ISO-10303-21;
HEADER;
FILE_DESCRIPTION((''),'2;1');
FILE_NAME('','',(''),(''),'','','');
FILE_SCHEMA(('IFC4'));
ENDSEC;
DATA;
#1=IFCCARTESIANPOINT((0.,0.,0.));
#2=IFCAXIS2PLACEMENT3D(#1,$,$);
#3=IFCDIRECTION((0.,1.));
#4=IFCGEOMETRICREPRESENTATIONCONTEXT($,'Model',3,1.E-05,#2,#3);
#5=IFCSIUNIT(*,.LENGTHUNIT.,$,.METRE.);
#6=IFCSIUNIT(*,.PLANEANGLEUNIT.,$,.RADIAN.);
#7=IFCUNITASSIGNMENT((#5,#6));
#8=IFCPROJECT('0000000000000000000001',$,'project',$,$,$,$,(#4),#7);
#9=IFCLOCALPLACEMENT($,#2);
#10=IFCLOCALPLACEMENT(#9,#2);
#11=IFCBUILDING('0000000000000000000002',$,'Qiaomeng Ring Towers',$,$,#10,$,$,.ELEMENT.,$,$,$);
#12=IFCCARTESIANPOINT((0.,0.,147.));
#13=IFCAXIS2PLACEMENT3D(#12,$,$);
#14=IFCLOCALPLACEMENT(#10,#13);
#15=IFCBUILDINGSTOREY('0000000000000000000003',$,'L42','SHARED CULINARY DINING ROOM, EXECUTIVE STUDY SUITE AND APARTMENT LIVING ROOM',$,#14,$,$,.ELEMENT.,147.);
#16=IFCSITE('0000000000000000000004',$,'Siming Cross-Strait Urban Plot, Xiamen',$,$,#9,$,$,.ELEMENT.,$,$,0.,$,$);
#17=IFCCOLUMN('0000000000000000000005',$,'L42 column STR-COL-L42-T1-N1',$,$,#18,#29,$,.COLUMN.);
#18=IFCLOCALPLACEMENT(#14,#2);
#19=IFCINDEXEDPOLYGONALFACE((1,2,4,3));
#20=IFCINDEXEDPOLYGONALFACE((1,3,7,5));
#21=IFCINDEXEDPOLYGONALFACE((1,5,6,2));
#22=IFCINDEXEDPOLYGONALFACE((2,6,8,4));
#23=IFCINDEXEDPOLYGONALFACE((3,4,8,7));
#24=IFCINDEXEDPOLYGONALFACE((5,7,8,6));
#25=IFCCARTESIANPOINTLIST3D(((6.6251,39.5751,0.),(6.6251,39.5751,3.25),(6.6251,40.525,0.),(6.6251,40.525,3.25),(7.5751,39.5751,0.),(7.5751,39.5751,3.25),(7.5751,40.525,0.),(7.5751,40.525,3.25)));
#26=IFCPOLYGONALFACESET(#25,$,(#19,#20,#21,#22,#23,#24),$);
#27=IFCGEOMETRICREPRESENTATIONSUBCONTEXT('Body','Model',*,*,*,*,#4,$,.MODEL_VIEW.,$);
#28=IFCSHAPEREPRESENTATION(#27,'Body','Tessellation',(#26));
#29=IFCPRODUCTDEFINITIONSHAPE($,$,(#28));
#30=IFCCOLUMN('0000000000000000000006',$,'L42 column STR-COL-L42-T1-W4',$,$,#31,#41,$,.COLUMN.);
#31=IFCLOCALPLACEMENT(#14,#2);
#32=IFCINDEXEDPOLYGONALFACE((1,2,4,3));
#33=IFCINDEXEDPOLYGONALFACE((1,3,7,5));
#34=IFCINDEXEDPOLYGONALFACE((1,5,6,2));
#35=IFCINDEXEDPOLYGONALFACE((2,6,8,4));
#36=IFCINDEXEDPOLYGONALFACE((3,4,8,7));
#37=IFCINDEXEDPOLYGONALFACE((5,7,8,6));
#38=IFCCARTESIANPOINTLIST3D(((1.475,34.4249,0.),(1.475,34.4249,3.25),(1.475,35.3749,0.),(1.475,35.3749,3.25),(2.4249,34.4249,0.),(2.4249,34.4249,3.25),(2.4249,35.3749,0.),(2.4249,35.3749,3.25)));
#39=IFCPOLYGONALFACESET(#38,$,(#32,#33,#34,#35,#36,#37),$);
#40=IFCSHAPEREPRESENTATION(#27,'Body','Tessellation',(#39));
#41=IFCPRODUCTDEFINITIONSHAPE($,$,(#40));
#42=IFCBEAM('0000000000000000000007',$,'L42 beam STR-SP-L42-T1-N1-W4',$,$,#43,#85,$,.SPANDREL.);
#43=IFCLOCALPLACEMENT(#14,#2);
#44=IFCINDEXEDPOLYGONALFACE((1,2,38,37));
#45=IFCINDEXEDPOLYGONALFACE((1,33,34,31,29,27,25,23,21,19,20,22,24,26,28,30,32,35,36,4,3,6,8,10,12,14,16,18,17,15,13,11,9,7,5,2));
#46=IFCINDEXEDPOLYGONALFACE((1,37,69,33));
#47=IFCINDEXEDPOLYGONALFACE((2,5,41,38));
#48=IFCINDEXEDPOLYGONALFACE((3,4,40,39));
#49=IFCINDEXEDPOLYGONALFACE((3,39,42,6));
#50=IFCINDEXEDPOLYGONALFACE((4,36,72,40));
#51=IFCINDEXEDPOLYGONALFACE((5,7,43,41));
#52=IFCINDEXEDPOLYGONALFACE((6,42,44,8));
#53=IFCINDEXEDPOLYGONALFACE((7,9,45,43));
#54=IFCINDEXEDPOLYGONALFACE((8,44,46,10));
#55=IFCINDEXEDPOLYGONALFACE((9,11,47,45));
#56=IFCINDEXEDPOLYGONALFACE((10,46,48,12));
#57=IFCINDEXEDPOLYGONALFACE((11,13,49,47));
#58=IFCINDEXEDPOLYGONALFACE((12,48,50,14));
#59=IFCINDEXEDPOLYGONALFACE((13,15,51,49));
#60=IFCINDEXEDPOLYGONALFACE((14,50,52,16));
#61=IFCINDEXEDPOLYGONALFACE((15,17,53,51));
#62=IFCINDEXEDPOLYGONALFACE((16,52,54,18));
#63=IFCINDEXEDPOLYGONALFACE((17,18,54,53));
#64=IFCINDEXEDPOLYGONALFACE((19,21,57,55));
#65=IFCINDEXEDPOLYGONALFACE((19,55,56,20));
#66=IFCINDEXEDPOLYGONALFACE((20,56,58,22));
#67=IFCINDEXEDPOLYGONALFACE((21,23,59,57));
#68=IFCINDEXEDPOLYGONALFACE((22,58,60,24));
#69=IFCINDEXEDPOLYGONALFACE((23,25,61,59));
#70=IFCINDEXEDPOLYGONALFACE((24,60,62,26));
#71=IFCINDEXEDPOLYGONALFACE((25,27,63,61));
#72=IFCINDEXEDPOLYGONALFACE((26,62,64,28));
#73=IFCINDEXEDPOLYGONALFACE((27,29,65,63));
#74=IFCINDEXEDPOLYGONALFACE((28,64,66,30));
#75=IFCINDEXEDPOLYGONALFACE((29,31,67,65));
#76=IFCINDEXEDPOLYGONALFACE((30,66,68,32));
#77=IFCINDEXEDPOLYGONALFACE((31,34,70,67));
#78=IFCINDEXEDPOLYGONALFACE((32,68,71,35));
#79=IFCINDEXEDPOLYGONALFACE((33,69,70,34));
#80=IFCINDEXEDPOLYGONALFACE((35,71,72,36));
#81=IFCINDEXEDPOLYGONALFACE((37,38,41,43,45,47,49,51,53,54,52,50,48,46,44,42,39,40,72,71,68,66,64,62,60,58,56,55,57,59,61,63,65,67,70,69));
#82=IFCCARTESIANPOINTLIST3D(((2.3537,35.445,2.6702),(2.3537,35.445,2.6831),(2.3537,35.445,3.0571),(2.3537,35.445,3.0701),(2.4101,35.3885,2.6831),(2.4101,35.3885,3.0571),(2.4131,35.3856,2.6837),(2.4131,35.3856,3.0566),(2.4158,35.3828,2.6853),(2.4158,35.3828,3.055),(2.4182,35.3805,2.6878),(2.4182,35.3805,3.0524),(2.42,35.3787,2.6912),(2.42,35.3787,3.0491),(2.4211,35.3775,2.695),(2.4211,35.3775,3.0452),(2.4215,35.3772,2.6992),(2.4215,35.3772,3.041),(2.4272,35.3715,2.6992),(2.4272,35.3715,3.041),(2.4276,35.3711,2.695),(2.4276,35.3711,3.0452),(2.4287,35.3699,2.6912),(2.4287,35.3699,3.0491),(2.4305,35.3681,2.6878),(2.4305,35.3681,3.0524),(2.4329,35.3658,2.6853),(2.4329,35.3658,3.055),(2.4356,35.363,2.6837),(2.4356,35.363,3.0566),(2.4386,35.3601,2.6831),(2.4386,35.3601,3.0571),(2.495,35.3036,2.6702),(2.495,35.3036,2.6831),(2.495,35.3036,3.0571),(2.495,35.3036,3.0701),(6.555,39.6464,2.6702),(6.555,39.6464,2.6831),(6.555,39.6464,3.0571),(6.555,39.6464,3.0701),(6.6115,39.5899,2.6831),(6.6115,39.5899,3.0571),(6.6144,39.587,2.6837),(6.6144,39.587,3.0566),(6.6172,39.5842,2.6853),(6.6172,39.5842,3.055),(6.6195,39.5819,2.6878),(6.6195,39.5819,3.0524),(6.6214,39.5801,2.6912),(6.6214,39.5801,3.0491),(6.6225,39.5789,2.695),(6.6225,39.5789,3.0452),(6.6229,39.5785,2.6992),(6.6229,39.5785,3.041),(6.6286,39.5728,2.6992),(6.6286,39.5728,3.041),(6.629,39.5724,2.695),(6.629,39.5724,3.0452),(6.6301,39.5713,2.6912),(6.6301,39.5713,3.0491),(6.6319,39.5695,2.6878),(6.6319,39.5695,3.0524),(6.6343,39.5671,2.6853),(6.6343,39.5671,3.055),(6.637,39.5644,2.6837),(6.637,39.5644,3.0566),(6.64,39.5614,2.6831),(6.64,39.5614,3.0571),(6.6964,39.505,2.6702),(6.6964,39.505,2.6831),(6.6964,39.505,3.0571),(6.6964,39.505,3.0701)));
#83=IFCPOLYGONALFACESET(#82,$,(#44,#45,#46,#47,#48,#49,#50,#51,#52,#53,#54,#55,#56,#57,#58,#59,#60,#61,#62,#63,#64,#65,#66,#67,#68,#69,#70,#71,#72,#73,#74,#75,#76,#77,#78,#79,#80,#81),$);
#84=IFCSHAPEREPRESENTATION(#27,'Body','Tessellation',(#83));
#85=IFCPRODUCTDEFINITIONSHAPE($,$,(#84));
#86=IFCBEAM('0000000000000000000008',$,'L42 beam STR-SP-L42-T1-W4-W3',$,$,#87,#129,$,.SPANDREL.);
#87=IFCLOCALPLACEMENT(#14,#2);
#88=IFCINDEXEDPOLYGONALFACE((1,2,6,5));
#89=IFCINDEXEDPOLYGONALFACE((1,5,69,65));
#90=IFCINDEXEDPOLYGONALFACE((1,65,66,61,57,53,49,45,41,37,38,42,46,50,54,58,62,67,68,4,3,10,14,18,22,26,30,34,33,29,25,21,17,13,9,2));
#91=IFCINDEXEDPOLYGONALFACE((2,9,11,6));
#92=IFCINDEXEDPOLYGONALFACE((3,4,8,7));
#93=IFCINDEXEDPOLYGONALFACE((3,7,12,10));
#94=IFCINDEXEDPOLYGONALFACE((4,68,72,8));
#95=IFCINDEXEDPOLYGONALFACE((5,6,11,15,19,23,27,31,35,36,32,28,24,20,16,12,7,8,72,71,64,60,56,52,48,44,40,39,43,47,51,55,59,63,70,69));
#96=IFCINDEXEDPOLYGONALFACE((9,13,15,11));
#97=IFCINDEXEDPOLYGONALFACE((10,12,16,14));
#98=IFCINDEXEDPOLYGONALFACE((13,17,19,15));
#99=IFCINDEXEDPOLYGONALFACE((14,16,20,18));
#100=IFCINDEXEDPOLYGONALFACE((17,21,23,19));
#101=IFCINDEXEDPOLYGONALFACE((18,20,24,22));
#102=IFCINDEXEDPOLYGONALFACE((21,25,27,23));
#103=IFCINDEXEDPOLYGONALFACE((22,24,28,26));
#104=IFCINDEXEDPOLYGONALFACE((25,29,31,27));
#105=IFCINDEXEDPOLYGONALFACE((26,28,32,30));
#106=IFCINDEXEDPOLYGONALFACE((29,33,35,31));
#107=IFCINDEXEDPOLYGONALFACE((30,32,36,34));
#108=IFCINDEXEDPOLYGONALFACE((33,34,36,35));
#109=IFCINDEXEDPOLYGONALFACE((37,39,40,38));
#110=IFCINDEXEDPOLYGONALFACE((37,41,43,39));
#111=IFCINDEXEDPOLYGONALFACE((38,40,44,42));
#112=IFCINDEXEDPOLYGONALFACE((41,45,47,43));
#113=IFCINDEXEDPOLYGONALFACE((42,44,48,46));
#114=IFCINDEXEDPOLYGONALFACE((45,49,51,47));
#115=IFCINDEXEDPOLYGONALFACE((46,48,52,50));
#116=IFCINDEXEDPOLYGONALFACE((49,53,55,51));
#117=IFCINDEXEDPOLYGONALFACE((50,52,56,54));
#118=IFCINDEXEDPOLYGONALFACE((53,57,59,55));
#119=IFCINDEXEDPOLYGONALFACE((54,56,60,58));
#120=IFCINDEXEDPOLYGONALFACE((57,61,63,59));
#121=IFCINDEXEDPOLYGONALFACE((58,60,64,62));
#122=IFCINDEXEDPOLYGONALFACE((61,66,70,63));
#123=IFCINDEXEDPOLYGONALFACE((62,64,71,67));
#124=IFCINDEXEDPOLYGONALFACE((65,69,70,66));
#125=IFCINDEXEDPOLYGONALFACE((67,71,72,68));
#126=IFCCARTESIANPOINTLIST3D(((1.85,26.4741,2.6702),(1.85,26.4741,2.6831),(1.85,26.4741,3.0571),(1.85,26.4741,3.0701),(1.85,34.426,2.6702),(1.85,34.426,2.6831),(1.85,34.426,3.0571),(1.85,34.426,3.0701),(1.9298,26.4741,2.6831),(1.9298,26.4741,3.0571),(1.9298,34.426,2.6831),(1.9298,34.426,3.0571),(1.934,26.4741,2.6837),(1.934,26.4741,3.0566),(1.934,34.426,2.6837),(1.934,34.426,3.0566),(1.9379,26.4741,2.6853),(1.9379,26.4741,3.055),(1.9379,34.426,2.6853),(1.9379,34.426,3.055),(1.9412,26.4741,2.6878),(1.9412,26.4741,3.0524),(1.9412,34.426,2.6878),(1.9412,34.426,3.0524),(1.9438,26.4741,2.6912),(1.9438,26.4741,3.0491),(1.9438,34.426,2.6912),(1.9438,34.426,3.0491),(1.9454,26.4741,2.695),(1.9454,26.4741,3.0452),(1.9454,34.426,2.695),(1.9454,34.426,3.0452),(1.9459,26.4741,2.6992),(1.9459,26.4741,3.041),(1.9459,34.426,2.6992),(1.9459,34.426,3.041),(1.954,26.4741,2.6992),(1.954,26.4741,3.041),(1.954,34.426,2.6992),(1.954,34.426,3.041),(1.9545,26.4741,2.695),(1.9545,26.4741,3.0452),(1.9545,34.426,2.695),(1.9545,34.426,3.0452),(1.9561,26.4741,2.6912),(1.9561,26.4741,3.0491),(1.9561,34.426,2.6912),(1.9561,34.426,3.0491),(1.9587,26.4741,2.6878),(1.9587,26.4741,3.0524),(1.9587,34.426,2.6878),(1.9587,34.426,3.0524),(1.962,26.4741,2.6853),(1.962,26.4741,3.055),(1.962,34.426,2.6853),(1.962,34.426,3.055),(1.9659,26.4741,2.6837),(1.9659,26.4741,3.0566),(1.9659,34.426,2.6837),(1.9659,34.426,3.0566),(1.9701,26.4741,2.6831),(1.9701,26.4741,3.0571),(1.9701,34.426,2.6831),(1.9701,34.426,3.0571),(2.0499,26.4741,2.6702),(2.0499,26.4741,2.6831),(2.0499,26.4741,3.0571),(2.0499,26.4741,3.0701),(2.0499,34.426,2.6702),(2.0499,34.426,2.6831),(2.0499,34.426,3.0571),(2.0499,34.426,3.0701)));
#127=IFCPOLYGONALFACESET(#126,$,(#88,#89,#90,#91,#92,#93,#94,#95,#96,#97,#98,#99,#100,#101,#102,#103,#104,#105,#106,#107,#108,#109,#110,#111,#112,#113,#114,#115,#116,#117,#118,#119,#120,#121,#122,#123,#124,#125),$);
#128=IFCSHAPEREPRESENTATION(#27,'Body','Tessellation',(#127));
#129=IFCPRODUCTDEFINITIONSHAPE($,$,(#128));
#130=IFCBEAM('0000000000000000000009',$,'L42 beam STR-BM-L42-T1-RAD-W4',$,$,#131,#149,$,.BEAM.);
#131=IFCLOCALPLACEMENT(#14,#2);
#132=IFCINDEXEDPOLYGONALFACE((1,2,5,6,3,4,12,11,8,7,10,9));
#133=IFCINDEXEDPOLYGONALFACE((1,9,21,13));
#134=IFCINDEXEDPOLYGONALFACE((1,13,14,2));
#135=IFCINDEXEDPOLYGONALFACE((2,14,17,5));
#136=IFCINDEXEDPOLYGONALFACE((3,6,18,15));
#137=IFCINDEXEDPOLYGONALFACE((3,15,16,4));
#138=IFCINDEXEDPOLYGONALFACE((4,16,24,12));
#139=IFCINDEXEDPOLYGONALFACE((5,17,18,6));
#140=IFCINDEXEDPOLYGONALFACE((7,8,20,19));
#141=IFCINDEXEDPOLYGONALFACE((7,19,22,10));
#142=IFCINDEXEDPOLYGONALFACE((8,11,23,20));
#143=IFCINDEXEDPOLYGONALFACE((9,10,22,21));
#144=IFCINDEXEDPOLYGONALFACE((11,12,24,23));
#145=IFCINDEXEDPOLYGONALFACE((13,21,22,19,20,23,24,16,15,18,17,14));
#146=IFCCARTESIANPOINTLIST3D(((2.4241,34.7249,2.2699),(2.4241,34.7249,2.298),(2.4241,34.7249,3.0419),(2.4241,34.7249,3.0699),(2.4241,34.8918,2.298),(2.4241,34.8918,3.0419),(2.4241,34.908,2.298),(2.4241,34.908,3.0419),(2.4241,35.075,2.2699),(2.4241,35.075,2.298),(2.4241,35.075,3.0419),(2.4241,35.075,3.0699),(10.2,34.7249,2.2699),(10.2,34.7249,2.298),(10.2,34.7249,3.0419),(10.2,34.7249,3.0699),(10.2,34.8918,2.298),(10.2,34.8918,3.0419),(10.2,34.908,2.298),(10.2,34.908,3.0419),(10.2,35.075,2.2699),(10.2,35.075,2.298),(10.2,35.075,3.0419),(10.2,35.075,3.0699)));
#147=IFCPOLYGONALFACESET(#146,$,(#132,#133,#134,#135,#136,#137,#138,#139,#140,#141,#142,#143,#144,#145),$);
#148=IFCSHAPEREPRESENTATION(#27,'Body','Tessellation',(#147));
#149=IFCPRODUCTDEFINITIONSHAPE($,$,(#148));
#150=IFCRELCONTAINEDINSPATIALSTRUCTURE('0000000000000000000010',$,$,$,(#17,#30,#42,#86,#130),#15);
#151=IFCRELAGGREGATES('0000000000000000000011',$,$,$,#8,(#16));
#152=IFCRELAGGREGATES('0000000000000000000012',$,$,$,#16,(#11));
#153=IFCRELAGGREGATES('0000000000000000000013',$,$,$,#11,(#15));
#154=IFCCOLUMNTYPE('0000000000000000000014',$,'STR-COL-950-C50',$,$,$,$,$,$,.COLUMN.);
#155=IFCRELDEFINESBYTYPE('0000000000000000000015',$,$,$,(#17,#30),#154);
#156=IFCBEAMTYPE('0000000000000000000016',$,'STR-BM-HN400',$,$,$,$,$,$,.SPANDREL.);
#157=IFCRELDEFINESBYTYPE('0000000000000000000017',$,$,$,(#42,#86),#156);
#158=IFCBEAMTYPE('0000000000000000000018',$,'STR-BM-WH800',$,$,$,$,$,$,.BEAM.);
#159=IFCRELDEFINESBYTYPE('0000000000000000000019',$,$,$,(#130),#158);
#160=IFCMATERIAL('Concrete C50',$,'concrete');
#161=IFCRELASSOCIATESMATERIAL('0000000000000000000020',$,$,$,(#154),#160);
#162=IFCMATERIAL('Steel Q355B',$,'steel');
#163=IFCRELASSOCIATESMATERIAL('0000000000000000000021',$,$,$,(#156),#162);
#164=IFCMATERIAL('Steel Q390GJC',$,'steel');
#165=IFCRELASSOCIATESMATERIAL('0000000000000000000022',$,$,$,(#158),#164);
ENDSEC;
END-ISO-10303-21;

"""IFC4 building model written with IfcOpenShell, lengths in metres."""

from ifc_helpers import new_model, si_unit, direction, frame, origin, origin_2d, place, context, subcontext, project, spatial, rectangle, i_section, extrude, source, transform, mapped, material, material_profile, profile_set, type_object, element, save


model = new_model("IFC4")

# Units and contexts
model_context = context("Model", 3, precision=1e-05, world=origin(), true_north=direction((0.0, 1.0)))
body_context = subcontext(model_context, "Body", "Model", "MODEL_VIEW")
ifc_project = project(units=[si_unit("LENGTHUNIT", "METRE"), si_unit("PLANEANGLEUNIT", "RADIAN")], contexts=[model_context])

# Site, building, storey
site_placement = place(None, origin())
site = spatial("IfcSite", under=ifc_project, at=site_placement, Name="Siming Cross-Strait Urban Plot, Xiamen", CompositionType="ELEMENT", RefElevation=0.0)
building_placement = place(site_placement, origin())
building = spatial("IfcBuilding", under=site, at=building_placement, Name="Qiaomeng Ring Towers", CompositionType="ELEMENT")
storey_placement = place(building_placement, frame((0.0, 0.0, 147.0)))
storey = spatial("IfcBuildingStorey", under=building, at=storey_placement, Name="L42", Description="SHARED CULINARY DINING ROOM, EXECUTIVE STUDY SUITE AND APARTMENT LIVING ROOM", CompositionType="ELEMENT", Elevation=147.0)

# Columns
ifc_material_1 = material(Name="Concrete C50", Category="concrete")
ifc_material_profile_1 = material_profile(ifc_material_1, rectangle(XDim=0.95, YDim=0.95, at=origin_2d()), Name="RC COL 950x950")
ifc_profile_set_1 = profile_set([ifc_material_profile_1], Name="Concrete C50")
column_type = type_object("IfcColumnType", Name="STR-COL-950-C50", PredefinedType="COLUMN", material=ifc_profile_set_1)
shared_shape_1 = source(origin(), body_context, "Body", "SweptSolid", [
    extrude(rectangle(XDim=0.95, YDim=0.95, at=origin_2d()), origin(), (0.0, 0.0, 1.0), 3.25),
])
for number, where, z_axis, x_axis, name in (
    (1, (7.1001, 40.05, 0.0), (0.0, 0.0, 1.0), (1.0, 0.0, 0.0), "L42 column STR-COL-L42-T1-N1"),
    (2, (1.95, 34.8999, 0.0), (0.0, 0.0, 1.0), (1.0, 0.0, 0.0), "L42 column STR-COL-L42-T1-W4"),
):
    element("IfcColumn", number, at=place(storey_placement, frame(where, z_axis=z_axis, x_axis=x_axis)), inside=storey, type_object=column_type, Name=name, PredefinedType="COLUMN", context=body_context, shape_type="MappedRepresentation", body=[
        mapped(shared_shape_1, transform((0.0, 0.0, 0.0), x_axis=(1.0, 0.0, 0.0), y_axis=(0.0, 1.0, 0.0), z_axis=(0.0, 0.0, 1.0), scale=1.0)),
    ])

# Beams
ifc_material_2 = material(Name="Steel Q355B", Category="steel")
ifc_material_profile_2 = material_profile(ifc_material_2, i_section(OverallWidth=0.2, OverallDepth=0.3999, WebThickness=0.0081, FlangeThickness=0.0129, FilletRadius=0.0161, at=origin_2d()), Name="HN 400x200x8x13")
ifc_profile_set_2 = profile_set([ifc_material_profile_2], Name="Steel Q355B")
beam_type_1 = type_object("IfcBeamType", Name="STR-BM-HN400", PredefinedType="SPANDREL", material=ifc_profile_set_2)
shared_shape_2 = source(origin(), body_context, "Body", "SweptSolid", [
    extrude(i_section(OverallWidth=0.2, OverallDepth=0.3999, WebThickness=0.0081, FlangeThickness=0.0129, FilletRadius=0.0161, at=origin_2d()), origin(), (0.0, 0.0, 1.0), 5.9417),
])
beam_1_placement = place(storey_placement, frame((6.6257, 39.5757, 2.8701), z_axis=(-0.707107, -0.707107, 0.0), x_axis=(0.707107, -0.707107, 0.0)))
element("IfcBeam", 3, at=beam_1_placement, inside=storey, type_object=beam_type_1, Name="L42 beam STR-SP-L42-T1-N1-W4", PredefinedType="SPANDREL", context=body_context, shape_type="MappedRepresentation", body=[
    mapped(shared_shape_2, transform((0.0, 0.0, 0.0), x_axis=(1.0, 0.0, 0.0), y_axis=(0.0, 1.0, 0.0), z_axis=(0.0, 0.0, 1.0), scale=1.0)),
])
shared_shape_3 = source(origin(), body_context, "Body", "SweptSolid", [
    extrude(i_section(OverallWidth=0.2, OverallDepth=0.3999, WebThickness=0.0081, FlangeThickness=0.0129, FilletRadius=0.0161, at=origin_2d()), origin(), (0.0, 0.0, 1.0), 7.9519),
])
beam_2_placement = place(storey_placement, frame((1.95, 34.426, 2.8701), z_axis=(0.0, -1.0, 0.0), x_axis=(1.0, 0.0, 0.0)))
element("IfcBeam", 4, at=beam_2_placement, inside=storey, type_object=beam_type_1, Name="L42 beam STR-SP-L42-T1-W4-W3", PredefinedType="SPANDREL", context=body_context, shape_type="MappedRepresentation", body=[
    mapped(shared_shape_3, transform((0.0, 0.0, 0.0), x_axis=(1.0, 0.0, 0.0), y_axis=(0.0, 1.0, 0.0), z_axis=(0.0, 0.0, 1.0), scale=1.0)),
])
ifc_material_3 = material(Name="Steel Q390GJC", Category="steel")
ifc_material_profile_3 = material_profile(ifc_material_3, i_section(OverallWidth=0.3501, OverallDepth=0.8, WebThickness=0.0161, FlangeThickness=0.0281, at=origin_2d()), Name="WH 800x350x16x28")
ifc_profile_set_3 = profile_set([ifc_material_profile_3], Name="Steel Q390GJC")
beam_type_2 = type_object("IfcBeamType", Name="STR-BM-WH800", PredefinedType="BEAM", material=ifc_profile_set_3)
shared_shape_4 = source(origin(), body_context, "Body", "SweptSolid", [
    extrude(i_section(OverallWidth=0.3501, OverallDepth=0.8, WebThickness=0.0161, FlangeThickness=0.0281, at=origin_2d()), origin(), (0.0, 0.0, 1.0), 7.7759),
])
beam_3_placement = place(storey_placement, frame((2.4241, 34.8999, 2.6699), z_axis=(1.0, 0.0, 0.0), x_axis=(0.0, 1.0, 0.0)))
element("IfcBeam", 5, at=beam_3_placement, inside=storey, type_object=beam_type_2, Name="L42 beam STR-BM-L42-T1-RAD-W4", PredefinedType="BEAM", context=body_context, shape_type="MappedRepresentation", body=[
    mapped(shared_shape_4, transform((0.0, 0.0, 0.0), x_axis=(1.0, 0.0, 0.0), y_axis=(0.0, 1.0, 0.0), z_axis=(0.0, 0.0, 1.0), scale=1.0)),
])

save(model, "model.ifc")
